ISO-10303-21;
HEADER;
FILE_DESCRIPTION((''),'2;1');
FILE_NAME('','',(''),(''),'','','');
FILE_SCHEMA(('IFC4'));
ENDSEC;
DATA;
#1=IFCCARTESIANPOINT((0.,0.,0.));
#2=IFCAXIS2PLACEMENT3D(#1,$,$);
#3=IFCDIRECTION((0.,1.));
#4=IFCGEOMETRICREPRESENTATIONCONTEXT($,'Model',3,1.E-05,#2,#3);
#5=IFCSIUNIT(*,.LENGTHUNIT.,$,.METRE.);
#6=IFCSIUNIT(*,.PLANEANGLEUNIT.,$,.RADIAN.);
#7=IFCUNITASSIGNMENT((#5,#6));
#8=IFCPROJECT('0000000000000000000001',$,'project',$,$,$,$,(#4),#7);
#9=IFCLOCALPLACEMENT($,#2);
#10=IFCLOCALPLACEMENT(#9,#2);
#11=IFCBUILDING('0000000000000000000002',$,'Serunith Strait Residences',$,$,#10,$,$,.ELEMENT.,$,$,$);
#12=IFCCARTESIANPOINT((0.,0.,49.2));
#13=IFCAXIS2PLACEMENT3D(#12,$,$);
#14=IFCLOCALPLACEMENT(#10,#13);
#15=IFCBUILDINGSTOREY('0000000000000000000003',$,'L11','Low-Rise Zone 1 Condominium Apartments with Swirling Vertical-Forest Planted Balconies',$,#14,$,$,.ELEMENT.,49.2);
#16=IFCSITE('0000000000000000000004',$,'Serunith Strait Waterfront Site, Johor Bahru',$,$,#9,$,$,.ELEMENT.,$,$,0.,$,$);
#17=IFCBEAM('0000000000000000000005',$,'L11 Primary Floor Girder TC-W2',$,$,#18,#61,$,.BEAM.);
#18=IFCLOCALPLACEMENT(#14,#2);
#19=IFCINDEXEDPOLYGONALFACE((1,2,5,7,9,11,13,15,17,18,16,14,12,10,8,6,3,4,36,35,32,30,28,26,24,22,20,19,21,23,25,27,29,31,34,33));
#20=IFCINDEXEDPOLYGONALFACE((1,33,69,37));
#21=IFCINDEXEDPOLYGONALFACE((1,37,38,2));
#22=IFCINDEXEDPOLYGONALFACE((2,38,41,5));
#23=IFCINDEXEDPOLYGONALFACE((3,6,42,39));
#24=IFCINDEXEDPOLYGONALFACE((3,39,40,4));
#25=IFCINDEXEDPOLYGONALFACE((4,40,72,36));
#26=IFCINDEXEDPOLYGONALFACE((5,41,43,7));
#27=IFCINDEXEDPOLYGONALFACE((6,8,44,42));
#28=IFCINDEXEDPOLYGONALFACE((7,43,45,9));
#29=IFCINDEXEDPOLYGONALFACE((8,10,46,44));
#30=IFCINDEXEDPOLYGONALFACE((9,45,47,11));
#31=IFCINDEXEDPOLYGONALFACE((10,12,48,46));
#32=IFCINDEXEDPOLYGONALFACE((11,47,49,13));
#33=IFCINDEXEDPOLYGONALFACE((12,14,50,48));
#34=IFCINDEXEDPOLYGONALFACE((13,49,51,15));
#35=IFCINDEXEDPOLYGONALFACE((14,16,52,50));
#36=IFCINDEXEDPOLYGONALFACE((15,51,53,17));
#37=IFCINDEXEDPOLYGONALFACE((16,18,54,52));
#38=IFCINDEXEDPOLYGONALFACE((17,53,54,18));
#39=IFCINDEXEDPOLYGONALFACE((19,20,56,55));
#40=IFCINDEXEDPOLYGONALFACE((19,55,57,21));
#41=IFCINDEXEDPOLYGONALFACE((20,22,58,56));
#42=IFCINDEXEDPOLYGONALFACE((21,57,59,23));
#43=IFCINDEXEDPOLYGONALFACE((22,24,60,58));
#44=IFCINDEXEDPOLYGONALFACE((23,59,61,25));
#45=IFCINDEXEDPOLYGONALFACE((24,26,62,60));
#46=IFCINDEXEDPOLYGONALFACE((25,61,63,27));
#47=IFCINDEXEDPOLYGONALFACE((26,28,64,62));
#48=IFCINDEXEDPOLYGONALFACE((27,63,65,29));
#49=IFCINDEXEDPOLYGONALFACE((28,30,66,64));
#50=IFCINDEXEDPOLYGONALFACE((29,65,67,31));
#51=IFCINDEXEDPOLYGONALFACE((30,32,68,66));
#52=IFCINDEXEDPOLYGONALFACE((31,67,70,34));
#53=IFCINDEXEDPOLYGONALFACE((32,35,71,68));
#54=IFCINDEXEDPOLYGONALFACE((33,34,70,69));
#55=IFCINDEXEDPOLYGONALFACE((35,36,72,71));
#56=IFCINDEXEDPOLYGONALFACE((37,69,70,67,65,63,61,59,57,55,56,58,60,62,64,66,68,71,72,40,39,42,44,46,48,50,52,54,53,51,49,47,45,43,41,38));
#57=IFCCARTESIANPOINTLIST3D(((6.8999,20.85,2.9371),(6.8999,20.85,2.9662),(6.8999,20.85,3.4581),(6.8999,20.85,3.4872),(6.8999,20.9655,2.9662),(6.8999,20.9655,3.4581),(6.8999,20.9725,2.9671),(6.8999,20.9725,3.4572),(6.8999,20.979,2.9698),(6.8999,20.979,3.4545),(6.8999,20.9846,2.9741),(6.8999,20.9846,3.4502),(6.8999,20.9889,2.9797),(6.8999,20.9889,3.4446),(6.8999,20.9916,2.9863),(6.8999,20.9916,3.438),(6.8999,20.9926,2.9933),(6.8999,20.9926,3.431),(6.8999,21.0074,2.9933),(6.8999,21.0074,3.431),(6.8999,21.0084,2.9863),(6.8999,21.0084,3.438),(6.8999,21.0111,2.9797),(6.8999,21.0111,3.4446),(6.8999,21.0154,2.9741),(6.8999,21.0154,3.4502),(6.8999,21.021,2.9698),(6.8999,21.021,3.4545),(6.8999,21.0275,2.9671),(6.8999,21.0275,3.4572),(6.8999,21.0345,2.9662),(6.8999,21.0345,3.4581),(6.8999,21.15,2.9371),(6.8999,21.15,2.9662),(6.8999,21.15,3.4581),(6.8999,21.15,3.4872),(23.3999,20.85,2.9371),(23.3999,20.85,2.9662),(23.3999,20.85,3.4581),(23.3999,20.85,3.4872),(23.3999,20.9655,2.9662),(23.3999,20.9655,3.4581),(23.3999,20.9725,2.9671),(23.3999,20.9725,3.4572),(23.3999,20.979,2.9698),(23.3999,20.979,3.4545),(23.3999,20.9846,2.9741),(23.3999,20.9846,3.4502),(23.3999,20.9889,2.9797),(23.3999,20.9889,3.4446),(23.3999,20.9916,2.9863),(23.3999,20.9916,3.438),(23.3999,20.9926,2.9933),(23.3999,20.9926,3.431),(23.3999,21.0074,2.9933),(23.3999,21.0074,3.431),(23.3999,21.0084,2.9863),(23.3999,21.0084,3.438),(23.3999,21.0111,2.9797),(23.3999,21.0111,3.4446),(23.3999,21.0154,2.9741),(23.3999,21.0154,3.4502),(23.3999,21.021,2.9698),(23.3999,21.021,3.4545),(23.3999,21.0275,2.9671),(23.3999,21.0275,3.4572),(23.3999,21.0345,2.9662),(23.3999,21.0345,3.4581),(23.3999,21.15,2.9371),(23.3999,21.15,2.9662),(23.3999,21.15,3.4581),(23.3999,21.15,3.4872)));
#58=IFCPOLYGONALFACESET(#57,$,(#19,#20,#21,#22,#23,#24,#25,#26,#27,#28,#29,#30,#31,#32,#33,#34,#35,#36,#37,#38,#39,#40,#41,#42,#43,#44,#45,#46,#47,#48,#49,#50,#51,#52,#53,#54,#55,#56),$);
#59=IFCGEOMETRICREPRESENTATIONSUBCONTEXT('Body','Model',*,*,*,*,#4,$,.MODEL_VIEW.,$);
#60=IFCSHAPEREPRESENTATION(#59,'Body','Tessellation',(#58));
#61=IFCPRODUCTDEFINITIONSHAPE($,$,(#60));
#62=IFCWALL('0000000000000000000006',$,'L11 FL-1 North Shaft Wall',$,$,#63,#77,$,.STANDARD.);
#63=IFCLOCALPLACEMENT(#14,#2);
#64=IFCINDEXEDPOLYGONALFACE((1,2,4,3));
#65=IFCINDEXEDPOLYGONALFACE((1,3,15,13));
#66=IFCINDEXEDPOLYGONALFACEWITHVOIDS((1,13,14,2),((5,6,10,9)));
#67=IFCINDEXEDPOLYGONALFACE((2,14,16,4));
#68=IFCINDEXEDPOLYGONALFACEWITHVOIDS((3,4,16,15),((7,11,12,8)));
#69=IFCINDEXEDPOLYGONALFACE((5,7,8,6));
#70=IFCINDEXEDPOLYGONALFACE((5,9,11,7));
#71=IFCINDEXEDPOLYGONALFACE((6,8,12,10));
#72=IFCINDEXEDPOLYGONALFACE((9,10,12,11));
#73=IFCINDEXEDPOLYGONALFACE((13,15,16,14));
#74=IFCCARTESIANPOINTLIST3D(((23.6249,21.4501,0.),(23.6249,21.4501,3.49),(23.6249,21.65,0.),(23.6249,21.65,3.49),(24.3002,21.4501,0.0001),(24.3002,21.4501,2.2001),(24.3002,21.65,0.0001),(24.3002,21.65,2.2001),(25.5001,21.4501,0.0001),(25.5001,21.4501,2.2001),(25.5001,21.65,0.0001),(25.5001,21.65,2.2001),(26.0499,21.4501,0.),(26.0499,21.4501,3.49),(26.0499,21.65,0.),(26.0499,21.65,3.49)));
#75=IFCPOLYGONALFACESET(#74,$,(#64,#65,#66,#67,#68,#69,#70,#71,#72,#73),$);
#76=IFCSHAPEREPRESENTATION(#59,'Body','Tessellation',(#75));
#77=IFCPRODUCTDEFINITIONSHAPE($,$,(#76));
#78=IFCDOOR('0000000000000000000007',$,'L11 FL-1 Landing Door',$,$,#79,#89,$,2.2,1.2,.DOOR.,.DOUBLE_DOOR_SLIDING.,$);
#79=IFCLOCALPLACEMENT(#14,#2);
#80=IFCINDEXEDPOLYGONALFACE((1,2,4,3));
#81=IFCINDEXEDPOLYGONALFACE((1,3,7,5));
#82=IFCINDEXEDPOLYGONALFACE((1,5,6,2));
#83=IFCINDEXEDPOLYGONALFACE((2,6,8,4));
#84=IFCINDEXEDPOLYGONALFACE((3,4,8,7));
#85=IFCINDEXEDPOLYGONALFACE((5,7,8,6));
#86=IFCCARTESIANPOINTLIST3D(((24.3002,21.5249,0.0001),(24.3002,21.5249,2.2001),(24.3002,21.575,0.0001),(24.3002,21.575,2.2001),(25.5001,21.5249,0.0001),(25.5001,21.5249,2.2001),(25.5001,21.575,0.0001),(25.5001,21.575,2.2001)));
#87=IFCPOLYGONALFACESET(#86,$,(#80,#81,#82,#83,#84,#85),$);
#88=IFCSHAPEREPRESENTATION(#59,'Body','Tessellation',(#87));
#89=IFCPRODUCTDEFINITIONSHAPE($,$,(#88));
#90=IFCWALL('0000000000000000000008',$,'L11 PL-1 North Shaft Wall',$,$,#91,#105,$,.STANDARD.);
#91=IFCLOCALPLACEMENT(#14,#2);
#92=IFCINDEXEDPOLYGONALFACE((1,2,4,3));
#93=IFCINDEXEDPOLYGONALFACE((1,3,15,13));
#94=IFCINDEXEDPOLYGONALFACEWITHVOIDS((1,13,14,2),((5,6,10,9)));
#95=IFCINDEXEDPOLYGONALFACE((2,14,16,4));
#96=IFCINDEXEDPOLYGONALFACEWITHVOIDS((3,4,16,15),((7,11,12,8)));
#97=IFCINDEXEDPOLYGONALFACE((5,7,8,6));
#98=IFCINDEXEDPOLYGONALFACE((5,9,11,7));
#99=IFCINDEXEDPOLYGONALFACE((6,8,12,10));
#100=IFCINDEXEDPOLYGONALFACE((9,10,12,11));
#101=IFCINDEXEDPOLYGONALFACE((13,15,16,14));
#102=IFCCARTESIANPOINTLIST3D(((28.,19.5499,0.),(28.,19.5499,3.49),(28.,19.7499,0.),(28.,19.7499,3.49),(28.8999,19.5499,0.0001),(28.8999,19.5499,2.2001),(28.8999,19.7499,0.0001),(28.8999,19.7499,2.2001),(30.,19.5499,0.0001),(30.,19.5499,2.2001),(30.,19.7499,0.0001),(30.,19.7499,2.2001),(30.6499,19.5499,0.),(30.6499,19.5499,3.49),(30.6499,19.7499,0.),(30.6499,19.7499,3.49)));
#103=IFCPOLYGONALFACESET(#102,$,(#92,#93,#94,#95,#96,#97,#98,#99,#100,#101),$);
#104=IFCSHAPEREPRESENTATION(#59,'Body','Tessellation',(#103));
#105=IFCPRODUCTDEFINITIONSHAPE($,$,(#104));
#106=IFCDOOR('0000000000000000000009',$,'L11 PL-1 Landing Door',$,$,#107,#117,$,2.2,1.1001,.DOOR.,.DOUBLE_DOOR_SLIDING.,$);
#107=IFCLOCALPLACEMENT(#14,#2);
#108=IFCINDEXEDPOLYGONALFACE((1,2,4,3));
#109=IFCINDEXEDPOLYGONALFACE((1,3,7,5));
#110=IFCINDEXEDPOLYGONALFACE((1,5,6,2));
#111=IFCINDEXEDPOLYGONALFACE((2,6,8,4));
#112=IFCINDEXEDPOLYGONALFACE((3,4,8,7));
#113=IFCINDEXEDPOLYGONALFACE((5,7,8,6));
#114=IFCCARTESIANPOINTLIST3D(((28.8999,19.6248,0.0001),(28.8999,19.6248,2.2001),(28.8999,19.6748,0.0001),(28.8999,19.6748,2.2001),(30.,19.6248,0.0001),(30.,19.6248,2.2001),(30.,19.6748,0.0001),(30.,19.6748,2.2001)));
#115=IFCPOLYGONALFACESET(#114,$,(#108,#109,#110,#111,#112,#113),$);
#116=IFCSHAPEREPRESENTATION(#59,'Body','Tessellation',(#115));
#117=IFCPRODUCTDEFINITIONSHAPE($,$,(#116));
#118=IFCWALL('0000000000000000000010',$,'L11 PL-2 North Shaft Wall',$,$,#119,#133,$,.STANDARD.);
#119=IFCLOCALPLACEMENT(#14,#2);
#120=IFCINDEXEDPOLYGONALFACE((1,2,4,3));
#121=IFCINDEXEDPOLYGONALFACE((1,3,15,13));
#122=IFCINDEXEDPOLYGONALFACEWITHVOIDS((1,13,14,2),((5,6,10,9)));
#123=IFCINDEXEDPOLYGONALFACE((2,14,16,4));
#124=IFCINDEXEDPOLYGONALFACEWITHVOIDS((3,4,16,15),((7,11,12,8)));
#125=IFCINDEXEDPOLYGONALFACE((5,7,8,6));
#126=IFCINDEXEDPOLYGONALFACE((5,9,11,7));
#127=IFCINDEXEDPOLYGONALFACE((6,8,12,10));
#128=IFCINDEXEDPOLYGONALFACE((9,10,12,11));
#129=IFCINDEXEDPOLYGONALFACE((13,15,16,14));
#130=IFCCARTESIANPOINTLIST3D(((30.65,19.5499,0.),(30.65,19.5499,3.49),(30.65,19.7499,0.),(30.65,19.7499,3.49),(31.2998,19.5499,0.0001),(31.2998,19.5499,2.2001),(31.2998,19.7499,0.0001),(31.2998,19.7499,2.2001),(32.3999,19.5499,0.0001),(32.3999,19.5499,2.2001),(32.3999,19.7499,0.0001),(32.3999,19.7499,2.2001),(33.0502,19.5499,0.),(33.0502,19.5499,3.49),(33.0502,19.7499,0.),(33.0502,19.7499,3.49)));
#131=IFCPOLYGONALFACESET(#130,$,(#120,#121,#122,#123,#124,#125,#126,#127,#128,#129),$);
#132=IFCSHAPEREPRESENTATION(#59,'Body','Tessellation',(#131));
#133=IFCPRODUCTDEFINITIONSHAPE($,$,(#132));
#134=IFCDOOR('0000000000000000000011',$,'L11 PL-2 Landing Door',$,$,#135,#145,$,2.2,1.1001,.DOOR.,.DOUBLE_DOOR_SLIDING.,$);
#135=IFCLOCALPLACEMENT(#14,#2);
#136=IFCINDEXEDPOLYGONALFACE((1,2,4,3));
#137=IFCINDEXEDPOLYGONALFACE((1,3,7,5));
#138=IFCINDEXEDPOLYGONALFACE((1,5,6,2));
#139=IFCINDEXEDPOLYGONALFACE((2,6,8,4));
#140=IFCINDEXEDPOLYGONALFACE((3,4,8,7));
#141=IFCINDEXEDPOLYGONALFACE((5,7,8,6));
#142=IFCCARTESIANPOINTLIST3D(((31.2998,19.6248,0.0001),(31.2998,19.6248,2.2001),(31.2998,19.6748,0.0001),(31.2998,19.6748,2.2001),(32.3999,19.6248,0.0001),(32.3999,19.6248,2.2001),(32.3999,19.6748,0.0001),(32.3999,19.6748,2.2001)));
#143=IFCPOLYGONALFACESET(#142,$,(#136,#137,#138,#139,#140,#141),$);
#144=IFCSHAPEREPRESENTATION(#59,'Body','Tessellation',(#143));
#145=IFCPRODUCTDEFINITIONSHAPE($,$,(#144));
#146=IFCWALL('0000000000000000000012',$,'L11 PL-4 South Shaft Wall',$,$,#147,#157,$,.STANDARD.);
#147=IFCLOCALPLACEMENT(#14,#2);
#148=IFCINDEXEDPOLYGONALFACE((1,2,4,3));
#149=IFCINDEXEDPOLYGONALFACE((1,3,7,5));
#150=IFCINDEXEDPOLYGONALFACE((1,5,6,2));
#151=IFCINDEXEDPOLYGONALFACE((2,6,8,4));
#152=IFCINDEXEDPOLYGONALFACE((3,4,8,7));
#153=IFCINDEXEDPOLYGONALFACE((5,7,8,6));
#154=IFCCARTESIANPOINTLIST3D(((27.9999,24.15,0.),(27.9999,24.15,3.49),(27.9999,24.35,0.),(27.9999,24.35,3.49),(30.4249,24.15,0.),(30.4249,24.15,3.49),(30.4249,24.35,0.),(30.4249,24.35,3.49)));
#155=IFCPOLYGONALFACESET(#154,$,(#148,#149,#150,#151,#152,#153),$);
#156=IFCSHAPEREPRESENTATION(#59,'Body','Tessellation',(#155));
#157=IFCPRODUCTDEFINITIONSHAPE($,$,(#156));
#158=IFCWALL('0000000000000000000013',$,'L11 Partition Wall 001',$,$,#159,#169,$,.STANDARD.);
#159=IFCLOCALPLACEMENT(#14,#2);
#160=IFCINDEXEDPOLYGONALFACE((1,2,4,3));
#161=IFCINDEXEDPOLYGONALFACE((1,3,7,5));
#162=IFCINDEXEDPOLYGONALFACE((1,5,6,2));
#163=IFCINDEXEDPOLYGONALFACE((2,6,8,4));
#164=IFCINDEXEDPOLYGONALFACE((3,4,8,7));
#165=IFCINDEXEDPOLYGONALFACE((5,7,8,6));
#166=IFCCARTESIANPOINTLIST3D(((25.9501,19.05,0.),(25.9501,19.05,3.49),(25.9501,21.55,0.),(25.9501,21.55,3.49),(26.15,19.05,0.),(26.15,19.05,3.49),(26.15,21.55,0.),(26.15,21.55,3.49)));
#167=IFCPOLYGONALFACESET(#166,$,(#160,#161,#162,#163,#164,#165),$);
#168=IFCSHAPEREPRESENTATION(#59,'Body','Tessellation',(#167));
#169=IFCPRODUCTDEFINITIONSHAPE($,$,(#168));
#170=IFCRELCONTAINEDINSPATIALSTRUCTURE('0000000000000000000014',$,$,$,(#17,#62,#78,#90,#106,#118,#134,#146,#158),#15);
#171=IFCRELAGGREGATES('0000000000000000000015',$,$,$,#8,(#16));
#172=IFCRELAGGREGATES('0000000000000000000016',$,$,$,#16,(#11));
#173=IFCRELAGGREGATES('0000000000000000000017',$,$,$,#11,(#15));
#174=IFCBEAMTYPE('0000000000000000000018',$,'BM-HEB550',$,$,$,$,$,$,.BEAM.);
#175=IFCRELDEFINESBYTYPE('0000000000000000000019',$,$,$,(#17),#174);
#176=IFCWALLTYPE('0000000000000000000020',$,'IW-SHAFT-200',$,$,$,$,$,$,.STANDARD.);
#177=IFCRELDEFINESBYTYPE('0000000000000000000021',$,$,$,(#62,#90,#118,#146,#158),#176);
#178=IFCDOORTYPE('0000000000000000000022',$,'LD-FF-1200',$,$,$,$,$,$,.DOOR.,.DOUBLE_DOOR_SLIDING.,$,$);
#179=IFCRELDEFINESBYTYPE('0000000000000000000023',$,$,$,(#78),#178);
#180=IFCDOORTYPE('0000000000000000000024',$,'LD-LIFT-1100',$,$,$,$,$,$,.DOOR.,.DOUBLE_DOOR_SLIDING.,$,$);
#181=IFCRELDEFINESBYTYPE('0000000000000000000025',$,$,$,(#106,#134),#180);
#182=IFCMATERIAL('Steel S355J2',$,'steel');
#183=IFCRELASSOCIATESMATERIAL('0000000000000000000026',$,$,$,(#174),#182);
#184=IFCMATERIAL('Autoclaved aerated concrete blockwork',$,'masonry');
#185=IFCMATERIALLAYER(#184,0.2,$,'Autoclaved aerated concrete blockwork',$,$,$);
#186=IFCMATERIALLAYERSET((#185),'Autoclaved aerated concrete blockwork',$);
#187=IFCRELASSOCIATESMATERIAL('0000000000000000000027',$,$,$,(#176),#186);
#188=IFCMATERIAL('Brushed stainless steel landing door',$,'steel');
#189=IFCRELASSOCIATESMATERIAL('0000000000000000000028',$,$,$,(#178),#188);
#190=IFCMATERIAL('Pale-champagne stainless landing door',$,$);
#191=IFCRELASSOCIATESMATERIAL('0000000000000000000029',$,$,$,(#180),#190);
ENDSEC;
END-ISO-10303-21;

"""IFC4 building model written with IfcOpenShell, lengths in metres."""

from ifc_helpers import new_model, si_unit, direction, frame, frame_2d, origin, origin_2d, place, context, subcontext, project, spatial, rectangle, i_section, extrude, source, transform, mapped, material, layer, layer_set, material_profile, profile_set, type_object, element, fill, save


model = new_model("IFC4")

# Units and contexts
model_context = context("Model", 3, precision=1e-05, world=origin(), true_north=direction((0.0, 1.0)))
body_context = subcontext(model_context, "Body", "Model", "MODEL_VIEW")
ifc_project = project(units=[si_unit("LENGTHUNIT", "METRE"), si_unit("PLANEANGLEUNIT", "RADIAN")], contexts=[model_context])

# Site, building, storey
site_placement = place(None, origin())
site = spatial("IfcSite", under=ifc_project, at=site_placement, Name="Serunith Strait Waterfront Site, Johor Bahru", CompositionType="ELEMENT", RefElevation=0.0)
building_placement = place(site_placement, origin())
building = spatial("IfcBuilding", under=site, at=building_placement, Name="Serunith Strait Residences", CompositionType="ELEMENT")
storey_placement = place(building_placement, frame((0.0, 0.0, 49.2)))
storey = spatial("IfcBuildingStorey", under=building, at=storey_placement, Name="L11", Description="Low-Rise Zone 1 Condominium Apartments with Swirling Vertical-Forest Planted Balconies", CompositionType="ELEMENT", Elevation=49.2)

# Beam
ifc_material_1 = material(Name="Steel S355J2", Category="steel")
ifc_material_profile = material_profile(ifc_material_1, i_section(OverallWidth=0.3, OverallDepth=0.55, WebThickness=0.0149, FlangeThickness=0.0291, FilletRadius=0.0271, at=origin_2d()), Name="HEB 550")
ifc_profile_set = profile_set([ifc_material_profile], Name="Steel S355J2")
beam_type = type_object("IfcBeamType", Name="BM-HEB550", PredefinedType="BEAM", material=ifc_profile_set)
shared_shape_1 = source(origin(), body_context, "Body", "SweptSolid", [
    extrude(i_section(OverallWidth=0.3, OverallDepth=0.55, WebThickness=0.0149, FlangeThickness=0.0291, FilletRadius=0.0271, at=origin_2d()), origin(), (0.0, 0.0, 1.0), 16.5),
])
beam_placement = place(storey_placement, frame((23.3999, 21.0, 3.2122), z_axis=(-1.0, 0.0, 0.0), x_axis=(0.0, -1.0, 0.0)))
element("IfcBeam", 1, at=beam_placement, inside=storey, type_object=beam_type, Name="L11 Primary Floor Girder TC-W2", PredefinedType="BEAM", context=body_context, shape_type="MappedRepresentation", body=[
    mapped(shared_shape_1, transform((0.0, 0.0, 0.0), scale=1.0)),
])

# Walls, openings, doors
ifc_material_2 = material(Name="Autoclaved aerated concrete blockwork", Category="masonry")
ifc_layer_1 = layer(ifc_material_2, 0.2, Name="Autoclaved aerated concrete blockwork")
ifc_layer_set_1 = layer_set([ifc_layer_1], Name="Autoclaved aerated concrete blockwork")
wall_type_1 = type_object("IfcWallType", Name="IW-SHAFT-200", PredefinedType="STANDARD", material=ifc_layer_set_1)
wall_1_placement = place(storey_placement, frame((23.625, 21.55, 0.0), z_axis=(0.0, 0.0, 1.0), x_axis=(1.0, 0.0, 0.0)))
wall_1 = element("IfcWall", 2, at=wall_1_placement, inside=storey, type_object=wall_type_1, Name="L11 FL-1 North Shaft Wall", PredefinedType="STANDARD", context=body_context, shape_type="SweptSolid", body=[
    extrude(rectangle(XDim=2.425, YDim=0.2, at=frame_2d((1.2124, 0.0))), origin(), (0.0, 0.0, 1.0), 3.49),
])
opening_1_placement = place(wall_1_placement, frame((0.675, 0.0, 0.0)))
opening_1 = element("IfcOpeningElement", 3, at=opening_1_placement, cuts=wall_1, PredefinedType="OPENING", context=body_context, shape_type="SweptSolid", body=[
    extrude(rectangle(XDim=1.2, YDim=2.2, at=frame_2d((0.6001, 1.1001))), frame((0.0, 0.1099, 0.0), z_axis=(0.0, -1.0, 0.0), x_axis=(1.0, 0.0, 0.0)), (0.0, 0.0, 1.0), 0.22),
])
ifc_material_3 = material(Name="Brushed stainless steel landing door", Category="steel")
door_type_1 = type_object("IfcDoorType", Name="LD-FF-1200", OperationType="DOUBLE_DOOR_SLIDING", PredefinedType="DOOR", material=ifc_material_3)
shared_shape_2 = source(origin(), body_context, "Body", "SweptSolid", [
    extrude(rectangle(XDim=1.2, YDim=2.2, at=frame_2d((0.6001, 1.1001))), frame((0.0, 0.0249, 0.0), z_axis=(0.0, -1.0, 0.0), x_axis=(1.0, 0.0, 0.0)), (0.0, 0.0, 1.0), 0.05),
])
door_1_placement = place(opening_1_placement, origin())
door_1 = element("IfcDoor", 4, at=door_1_placement, inside=storey, type_object=door_type_1, Name="L11 FL-1 Landing Door", OperationType="DOUBLE_DOOR_SLIDING", OverallHeight=2.2, OverallWidth=1.2, PredefinedType="DOOR", context=body_context, shape_type="MappedRepresentation", body=[
    mapped(shared_shape_2, transform((0.0, 0.0, 0.0), scale=1.0)),
])
fill(opening_1, door_1)
wall_2_placement = place(storey_placement, frame((28.0, 19.6499, 0.0), z_axis=(0.0, 0.0, 1.0), x_axis=(1.0, 0.0, 0.0)))
wall_2 = element("IfcWall", 5, at=wall_2_placement, inside=storey, type_object=wall_type_1, Name="L11 PL-1 North Shaft Wall", PredefinedType="STANDARD", context=body_context, shape_type="SweptSolid", body=[
    extrude(rectangle(XDim=2.6499, YDim=0.2, at=frame_2d((1.325, 0.0))), origin(), (0.0, 0.0, 1.0), 3.49),
])
opening_2_placement = place(wall_2_placement, frame((0.8999, 0.0, 0.0)))
opening_2 = element("IfcOpeningElement", 6, at=opening_2_placement, cuts=wall_2, PredefinedType="OPENING", context=body_context, shape_type="SweptSolid", body=[
    extrude(rectangle(XDim=1.1001, YDim=2.2, at=frame_2d((0.55, 1.1001))), frame((0.0, 0.1099, 0.0), z_axis=(0.0, -1.0, 0.0), x_axis=(1.0, 0.0, 0.0)), (0.0, 0.0, 1.0), 0.22),
])
ifc_material_4 = material(Name="Pale-champagne stainless landing door")
door_type_2 = type_object("IfcDoorType", Name="LD-LIFT-1100", OperationType="DOUBLE_DOOR_SLIDING", PredefinedType="DOOR", material=ifc_material_4)
shared_shape_3 = source(origin(), body_context, "Body", "SweptSolid", [
    extrude(rectangle(XDim=1.1001, YDim=2.2, at=frame_2d((0.55, 1.1001))), frame((0.0, 0.0249, 0.0), z_axis=(0.0, -1.0, 0.0), x_axis=(1.0, 0.0, 0.0)), (0.0, 0.0, 1.0), 0.05),
])
door_2_placement = place(opening_2_placement, origin())
door_2 = element("IfcDoor", 7, at=door_2_placement, inside=storey, type_object=door_type_2, Name="L11 PL-1 Landing Door", OperationType="DOUBLE_DOOR_SLIDING", OverallHeight=2.2, OverallWidth=1.1001, PredefinedType="DOOR", context=body_context, shape_type="MappedRepresentation", body=[
    mapped(shared_shape_3, transform((0.0, 0.0, 0.0), scale=1.0)),
])
fill(opening_2, door_2)
wall_3_placement = place(storey_placement, frame((30.6499, 19.6499, 0.0), z_axis=(0.0, 0.0, 1.0), x_axis=(1.0, 0.0, 0.0)))
wall_3 = element("IfcWall", 8, at=wall_3_placement, inside=storey, type_object=wall_type_1, Name="L11 PL-2 North Shaft Wall", PredefinedType="STANDARD", context=body_context, shape_type="SweptSolid", body=[
    extrude(rectangle(XDim=2.4001, YDim=0.2, at=frame_2d((1.2002, 0.0))), origin(), (0.0, 0.0, 1.0), 3.49),
])
opening_3_placement = place(wall_3_placement, frame((0.6499, 0.0, 0.0)))
opening_3 = element("IfcOpeningElement", 9, at=opening_3_placement, cuts=wall_3, PredefinedType="OPENING", context=body_context, shape_type="SweptSolid", body=[
    extrude(rectangle(XDim=1.1001, YDim=2.2, at=frame_2d((0.55, 1.1001))), frame((0.0, 0.1099, 0.0), z_axis=(0.0, -1.0, 0.0), x_axis=(1.0, 0.0, 0.0)), (0.0, 0.0, 1.0), 0.22),
])
door_3_placement = place(opening_3_placement, origin())
door_3 = element("IfcDoor", 10, at=door_3_placement, inside=storey, type_object=door_type_2, Name="L11 PL-2 Landing Door", OperationType="DOUBLE_DOOR_SLIDING", OverallHeight=2.2, OverallWidth=1.1001, PredefinedType="DOOR", context=body_context, shape_type="MappedRepresentation", body=[
    mapped(shared_shape_3, transform((0.0, 0.0, 0.0), scale=1.0)),
])
fill(opening_3, door_3)

# Walls
wall_4_placement = place(storey_placement, frame((28.0, 24.25, 0.0), z_axis=(0.0, 0.0, 1.0), x_axis=(1.0, 0.0, 0.0)))
element("IfcWall", 11, at=wall_4_placement, inside=storey, type_object=wall_type_1, Name="L11 PL-4 South Shaft Wall", PredefinedType="STANDARD", context=body_context, shape_type="SweptSolid", body=[
    extrude(rectangle(XDim=2.425, YDim=0.2, at=frame_2d((1.2124, 0.0))), origin(), (0.0, 0.0, 1.0), 3.49),
])
wall_5_placement = place(storey_placement, frame((26.05, 19.05, 0.0), z_axis=(0.0, 0.0, 1.0), x_axis=(0.0, 1.0, 0.0)))
element("IfcWall", 12, at=wall_5_placement, inside=storey, type_object=wall_type_1, Name="L11 Partition Wall 001", PredefinedType="STANDARD", context=body_context, shape_type="SweptSolid", body=[
    extrude(rectangle(XDim=2.5, YDim=0.2, at=frame_2d((1.25, 0.0))), origin(), (0.0, 0.0, 1.0), 3.49),
])

save(model, "model.ifc")
